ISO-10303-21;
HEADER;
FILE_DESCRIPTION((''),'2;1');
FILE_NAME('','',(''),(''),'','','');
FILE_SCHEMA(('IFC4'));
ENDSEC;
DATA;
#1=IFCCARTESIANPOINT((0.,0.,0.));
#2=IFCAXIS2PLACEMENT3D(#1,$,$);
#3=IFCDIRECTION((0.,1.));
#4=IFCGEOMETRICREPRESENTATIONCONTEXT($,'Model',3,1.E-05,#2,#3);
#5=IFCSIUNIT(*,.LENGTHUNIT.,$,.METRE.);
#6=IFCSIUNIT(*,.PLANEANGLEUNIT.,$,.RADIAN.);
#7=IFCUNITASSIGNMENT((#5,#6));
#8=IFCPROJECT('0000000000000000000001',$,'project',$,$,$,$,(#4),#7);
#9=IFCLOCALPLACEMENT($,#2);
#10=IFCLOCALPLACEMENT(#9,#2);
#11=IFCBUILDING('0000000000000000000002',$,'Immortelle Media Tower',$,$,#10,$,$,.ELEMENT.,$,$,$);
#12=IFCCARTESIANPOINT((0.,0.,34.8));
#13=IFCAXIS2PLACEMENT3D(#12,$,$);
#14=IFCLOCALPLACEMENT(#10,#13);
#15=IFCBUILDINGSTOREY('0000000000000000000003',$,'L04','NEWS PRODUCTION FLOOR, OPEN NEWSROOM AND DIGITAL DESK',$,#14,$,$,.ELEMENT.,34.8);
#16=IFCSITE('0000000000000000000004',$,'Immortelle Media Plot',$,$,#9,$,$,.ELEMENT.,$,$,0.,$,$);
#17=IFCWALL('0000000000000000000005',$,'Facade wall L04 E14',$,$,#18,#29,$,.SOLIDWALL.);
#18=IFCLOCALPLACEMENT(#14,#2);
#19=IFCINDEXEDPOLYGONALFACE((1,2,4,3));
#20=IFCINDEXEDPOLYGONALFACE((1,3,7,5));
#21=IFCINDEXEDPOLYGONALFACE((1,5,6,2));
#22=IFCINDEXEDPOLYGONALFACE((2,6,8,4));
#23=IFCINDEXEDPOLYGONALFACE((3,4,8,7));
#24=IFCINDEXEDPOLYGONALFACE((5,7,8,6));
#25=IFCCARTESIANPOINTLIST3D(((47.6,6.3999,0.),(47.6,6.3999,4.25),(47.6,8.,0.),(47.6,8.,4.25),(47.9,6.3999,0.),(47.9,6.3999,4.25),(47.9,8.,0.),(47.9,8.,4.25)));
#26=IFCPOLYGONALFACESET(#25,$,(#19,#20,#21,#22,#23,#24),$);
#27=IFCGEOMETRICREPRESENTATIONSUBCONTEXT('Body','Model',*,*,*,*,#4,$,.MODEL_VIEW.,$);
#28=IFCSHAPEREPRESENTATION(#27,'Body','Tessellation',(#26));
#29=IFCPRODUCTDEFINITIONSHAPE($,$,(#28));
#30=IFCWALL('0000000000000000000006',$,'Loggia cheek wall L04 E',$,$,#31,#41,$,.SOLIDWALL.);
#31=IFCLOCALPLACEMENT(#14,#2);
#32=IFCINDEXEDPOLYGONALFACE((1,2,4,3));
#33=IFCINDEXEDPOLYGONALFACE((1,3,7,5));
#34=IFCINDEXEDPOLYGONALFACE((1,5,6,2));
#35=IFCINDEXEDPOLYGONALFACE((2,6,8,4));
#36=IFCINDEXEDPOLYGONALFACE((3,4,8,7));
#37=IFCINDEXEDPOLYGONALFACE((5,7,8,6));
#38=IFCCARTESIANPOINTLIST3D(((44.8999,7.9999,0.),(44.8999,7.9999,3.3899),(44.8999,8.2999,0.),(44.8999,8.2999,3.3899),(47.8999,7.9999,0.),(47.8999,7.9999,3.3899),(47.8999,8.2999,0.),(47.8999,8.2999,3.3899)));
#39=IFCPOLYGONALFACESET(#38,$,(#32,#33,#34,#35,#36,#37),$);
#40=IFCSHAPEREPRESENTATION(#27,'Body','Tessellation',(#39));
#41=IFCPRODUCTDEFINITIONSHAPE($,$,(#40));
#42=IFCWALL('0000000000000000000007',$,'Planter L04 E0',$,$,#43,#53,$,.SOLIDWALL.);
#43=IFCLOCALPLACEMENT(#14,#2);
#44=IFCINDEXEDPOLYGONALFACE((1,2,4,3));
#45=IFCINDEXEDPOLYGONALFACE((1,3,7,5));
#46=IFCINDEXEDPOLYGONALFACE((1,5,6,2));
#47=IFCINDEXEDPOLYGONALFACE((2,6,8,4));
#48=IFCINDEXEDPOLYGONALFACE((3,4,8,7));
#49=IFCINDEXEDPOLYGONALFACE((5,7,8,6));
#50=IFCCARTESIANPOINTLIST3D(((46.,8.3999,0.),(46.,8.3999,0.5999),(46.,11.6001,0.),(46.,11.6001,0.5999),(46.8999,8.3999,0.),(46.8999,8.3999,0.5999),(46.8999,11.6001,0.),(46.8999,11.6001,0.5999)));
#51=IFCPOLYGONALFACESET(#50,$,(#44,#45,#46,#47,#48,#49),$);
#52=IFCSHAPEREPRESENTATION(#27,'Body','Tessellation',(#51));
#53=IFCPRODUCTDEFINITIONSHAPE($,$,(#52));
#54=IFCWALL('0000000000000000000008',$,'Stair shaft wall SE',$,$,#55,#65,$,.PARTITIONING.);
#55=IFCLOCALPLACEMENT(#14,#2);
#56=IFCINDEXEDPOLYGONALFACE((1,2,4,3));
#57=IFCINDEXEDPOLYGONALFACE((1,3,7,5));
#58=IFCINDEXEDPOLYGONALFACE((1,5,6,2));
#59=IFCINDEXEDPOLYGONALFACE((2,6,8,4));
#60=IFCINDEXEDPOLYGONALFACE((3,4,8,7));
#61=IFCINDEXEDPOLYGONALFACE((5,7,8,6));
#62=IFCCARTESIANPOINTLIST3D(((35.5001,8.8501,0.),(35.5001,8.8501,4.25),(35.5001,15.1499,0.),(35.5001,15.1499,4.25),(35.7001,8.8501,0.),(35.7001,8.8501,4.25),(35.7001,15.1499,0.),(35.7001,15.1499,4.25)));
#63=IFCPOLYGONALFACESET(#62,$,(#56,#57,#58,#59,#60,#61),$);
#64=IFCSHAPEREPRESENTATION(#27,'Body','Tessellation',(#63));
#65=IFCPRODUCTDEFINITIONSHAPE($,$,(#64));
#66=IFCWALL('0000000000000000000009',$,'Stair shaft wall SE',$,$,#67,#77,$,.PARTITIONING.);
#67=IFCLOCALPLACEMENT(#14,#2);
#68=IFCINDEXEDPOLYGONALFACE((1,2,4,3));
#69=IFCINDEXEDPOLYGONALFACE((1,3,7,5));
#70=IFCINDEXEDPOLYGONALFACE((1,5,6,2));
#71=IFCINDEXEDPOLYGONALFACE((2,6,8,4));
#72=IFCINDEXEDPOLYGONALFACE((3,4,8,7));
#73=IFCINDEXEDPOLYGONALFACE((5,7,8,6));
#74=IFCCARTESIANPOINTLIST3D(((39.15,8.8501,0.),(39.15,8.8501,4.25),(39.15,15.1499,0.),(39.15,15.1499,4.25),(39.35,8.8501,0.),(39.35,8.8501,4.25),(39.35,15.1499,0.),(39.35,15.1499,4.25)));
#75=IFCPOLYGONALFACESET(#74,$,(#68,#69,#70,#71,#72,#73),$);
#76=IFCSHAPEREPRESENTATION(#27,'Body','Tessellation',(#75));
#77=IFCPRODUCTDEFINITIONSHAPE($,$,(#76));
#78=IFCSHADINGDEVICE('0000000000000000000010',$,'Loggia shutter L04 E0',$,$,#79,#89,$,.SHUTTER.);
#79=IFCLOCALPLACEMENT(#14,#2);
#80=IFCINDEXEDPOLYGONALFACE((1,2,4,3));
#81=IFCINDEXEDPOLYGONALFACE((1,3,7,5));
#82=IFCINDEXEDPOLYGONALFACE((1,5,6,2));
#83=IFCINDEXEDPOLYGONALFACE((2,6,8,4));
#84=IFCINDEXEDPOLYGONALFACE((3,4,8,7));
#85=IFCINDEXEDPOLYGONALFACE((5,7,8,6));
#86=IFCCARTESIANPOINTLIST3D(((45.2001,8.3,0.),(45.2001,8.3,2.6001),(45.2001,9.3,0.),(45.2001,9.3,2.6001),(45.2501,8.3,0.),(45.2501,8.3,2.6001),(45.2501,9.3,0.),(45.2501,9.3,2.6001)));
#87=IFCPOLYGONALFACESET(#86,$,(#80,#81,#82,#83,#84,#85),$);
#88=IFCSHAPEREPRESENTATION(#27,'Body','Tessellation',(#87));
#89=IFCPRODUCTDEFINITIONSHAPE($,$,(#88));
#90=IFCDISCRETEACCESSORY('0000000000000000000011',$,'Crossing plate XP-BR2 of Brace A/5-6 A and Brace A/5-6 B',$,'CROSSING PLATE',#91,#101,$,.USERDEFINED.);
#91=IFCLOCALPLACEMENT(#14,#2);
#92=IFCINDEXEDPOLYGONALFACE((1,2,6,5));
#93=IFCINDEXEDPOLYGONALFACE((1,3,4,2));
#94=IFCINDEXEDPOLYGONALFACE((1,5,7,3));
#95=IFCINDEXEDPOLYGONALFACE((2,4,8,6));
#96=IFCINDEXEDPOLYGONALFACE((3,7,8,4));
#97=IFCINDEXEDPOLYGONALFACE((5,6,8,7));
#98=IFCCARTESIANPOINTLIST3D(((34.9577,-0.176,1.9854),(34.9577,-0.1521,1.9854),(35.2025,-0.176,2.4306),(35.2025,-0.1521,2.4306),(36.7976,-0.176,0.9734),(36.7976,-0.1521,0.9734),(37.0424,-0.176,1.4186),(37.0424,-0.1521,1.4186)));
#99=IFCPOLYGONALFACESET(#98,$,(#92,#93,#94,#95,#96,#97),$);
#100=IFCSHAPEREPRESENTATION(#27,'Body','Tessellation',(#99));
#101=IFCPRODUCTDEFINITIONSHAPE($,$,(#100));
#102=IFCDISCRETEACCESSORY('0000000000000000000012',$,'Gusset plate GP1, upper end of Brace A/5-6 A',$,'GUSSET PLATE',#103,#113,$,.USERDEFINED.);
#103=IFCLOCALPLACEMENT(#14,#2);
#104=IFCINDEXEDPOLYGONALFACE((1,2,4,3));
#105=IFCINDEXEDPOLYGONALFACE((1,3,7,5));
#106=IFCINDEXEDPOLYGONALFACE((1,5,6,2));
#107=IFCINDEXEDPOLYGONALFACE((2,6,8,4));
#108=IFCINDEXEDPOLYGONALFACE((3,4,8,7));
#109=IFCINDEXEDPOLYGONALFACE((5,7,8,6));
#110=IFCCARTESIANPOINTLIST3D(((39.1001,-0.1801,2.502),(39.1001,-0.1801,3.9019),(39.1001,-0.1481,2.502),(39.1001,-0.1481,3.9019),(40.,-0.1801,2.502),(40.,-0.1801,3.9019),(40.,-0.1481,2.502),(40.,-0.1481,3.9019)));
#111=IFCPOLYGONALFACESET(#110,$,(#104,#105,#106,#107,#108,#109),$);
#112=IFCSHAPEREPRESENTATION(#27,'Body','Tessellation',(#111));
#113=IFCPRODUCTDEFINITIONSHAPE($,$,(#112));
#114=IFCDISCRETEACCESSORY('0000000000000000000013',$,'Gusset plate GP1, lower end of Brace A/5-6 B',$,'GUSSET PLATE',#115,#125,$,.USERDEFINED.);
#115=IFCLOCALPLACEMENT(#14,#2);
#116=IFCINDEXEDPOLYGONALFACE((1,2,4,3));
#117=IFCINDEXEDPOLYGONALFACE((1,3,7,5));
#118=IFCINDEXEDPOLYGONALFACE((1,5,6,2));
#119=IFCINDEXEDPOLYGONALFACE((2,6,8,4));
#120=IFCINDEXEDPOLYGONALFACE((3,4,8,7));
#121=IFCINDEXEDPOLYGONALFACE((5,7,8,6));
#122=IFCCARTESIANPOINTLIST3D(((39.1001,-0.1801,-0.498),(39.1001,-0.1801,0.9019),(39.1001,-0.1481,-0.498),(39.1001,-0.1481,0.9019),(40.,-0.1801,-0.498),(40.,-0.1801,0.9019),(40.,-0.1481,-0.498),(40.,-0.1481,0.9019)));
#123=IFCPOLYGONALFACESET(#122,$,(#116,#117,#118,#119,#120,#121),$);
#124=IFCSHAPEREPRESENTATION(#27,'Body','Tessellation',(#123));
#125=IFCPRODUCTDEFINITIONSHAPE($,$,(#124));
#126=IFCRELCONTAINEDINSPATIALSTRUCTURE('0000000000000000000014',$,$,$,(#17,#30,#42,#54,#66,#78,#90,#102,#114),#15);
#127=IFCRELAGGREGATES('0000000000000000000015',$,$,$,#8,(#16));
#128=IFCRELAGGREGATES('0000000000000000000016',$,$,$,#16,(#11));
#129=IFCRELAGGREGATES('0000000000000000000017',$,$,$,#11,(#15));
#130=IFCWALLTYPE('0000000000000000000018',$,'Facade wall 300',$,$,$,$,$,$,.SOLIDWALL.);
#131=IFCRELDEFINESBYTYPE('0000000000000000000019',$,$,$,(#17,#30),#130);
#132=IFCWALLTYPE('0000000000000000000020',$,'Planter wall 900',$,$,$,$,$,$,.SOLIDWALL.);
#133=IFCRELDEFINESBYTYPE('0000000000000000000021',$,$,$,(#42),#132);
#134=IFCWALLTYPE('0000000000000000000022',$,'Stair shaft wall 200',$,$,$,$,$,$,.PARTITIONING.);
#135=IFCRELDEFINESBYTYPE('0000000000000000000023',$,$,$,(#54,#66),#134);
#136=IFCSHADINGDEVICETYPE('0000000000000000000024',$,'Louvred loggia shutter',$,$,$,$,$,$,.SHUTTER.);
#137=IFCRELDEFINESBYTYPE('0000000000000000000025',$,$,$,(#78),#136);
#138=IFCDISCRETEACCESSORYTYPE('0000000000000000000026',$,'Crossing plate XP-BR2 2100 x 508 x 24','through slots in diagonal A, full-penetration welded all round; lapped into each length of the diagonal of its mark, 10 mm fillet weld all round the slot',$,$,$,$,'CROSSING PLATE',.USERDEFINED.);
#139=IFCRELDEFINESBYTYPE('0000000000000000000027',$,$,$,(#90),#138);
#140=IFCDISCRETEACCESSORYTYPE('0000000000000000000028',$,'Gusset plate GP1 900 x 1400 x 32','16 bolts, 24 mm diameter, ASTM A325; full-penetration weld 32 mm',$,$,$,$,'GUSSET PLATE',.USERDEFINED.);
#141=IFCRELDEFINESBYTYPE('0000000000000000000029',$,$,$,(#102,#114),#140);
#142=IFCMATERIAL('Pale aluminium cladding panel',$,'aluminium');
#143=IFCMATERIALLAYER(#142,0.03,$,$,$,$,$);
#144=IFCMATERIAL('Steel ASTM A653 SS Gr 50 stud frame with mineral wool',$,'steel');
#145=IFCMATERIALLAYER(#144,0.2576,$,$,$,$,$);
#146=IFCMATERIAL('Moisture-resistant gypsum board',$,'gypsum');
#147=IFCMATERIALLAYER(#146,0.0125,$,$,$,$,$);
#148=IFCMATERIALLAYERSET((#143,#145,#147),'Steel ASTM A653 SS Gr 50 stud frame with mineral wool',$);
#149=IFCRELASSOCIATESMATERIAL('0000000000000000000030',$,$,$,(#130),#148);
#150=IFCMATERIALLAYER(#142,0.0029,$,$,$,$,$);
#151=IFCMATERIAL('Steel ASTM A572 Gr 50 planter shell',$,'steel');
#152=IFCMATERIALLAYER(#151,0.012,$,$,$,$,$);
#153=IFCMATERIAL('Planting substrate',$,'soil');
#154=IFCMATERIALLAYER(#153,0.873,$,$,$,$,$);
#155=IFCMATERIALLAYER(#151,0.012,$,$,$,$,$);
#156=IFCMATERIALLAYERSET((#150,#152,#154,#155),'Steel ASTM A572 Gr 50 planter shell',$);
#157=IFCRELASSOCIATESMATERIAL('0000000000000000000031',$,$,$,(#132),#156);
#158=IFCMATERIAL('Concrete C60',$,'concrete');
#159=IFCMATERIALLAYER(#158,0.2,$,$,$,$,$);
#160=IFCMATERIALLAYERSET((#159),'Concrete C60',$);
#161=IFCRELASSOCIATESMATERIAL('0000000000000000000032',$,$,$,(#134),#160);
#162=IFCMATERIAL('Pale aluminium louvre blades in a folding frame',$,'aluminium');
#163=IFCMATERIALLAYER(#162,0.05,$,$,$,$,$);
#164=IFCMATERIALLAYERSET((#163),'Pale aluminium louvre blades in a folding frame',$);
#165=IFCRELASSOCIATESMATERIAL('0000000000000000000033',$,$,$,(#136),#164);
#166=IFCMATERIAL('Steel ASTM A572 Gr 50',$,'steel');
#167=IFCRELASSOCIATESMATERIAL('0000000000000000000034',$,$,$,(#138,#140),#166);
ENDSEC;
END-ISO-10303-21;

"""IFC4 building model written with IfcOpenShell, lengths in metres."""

from ifc_helpers import new_model, si_unit, direction, frame, frame_2d, origin, origin_2d, place, context, subcontext, project, spatial, rectangle, extrude, material, layer, layer_set, material_profile, profile_set, type_object, element, save


model = new_model("IFC4")

# Units and contexts
model_context = context("Model", 3, precision=1e-05, world=origin(), true_north=direction((0.0, 1.0)))
body_context = subcontext(model_context, "Body", "Model", "MODEL_VIEW")
ifc_project = project(units=[si_unit("LENGTHUNIT", "METRE"), si_unit("PLANEANGLEUNIT", "RADIAN")], contexts=[model_context])

# Site, building, storey
site_placement = place(None, origin())
site = spatial("IfcSite", under=ifc_project, at=site_placement, Name="Immortelle Media Plot", CompositionType="ELEMENT", RefElevation=0.0)
building_placement = place(site_placement, origin())
building = spatial("IfcBuilding", under=site, at=building_placement, Name="Immortelle Media Tower", CompositionType="ELEMENT")
storey_placement = place(building_placement, frame((0.0, 0.0, 34.8)))
storey = spatial("IfcBuildingStorey", under=building, at=storey_placement, Name="L04", Description="NEWS PRODUCTION FLOOR, OPEN NEWSROOM AND DIGITAL DESK", CompositionType="ELEMENT", Elevation=34.8)

# Wall
ifc_material_1 = material(Name="Pale aluminium cladding panel", Category="aluminium")
ifc_layer_1 = layer(ifc_material_1, 0.03)
ifc_material_2 = material(Name="Steel ASTM A653 SS Gr 50 stud frame with mineral wool", Category="steel")
ifc_layer_2 = layer(ifc_material_2, 0.2576)
ifc_material_3 = material(Name="Moisture-resistant gypsum board", Category="gypsum")
ifc_layer_3 = layer(ifc_material_3, 0.0125)
ifc_layer_set_1 = layer_set([ifc_layer_1, ifc_layer_2, ifc_layer_3], Name="Steel ASTM A653 SS Gr 50 stud frame with mineral wool")
wall_type_1 = type_object("IfcWallType", Name="Facade wall 300", PredefinedType="SOLIDWALL", material=ifc_layer_set_1)
wall_1_placement = place(storey_placement, frame((47.75, 6.3999, 0.0), z_axis=(0.0, 0.0, 1.0), x_axis=(0.0, 1.0, 0.0)))
element("IfcWall", 1, at=wall_1_placement, inside=storey, type_object=wall_type_1, Name="Facade wall L04 E14", PredefinedType="SOLIDWALL", context=body_context, shape_type="SweptSolid", body=[
    extrude(rectangle(XDim=1.6001, YDim=0.3, at=frame_2d((0.8, 0.0))), origin(), (0.0, 0.0, 1.0), 4.25),
])

# Walls
wall_2_placement = place(storey_placement, frame((47.8999, 8.1499, 0.0), z_axis=(0.0, 0.0, 1.0), x_axis=(-1.0, 0.0, 0.0)))
element("IfcWall", 2, at=wall_2_placement, inside=storey, type_object=wall_type_1, Name="Loggia cheek wall L04 E", PredefinedType="SOLIDWALL", context=body_context, shape_type="SweptSolid", body=[
    extrude(rectangle(XDim=3.0, YDim=0.3, at=frame_2d((1.5, 0.0))), origin(), (0.0, 0.0, 1.0), 3.3899),
])
ifc_layer_4 = layer(ifc_material_1, 0.0029)
ifc_material_4 = material(Name="Steel ASTM A572 Gr 50 planter shell", Category="steel")
ifc_layer_5 = layer(ifc_material_4, 0.012)
ifc_material_5 = material(Name="Planting substrate", Category="soil")
ifc_layer_6 = layer(ifc_material_5, 0.873)
ifc_layer_7 = layer(ifc_material_4, 0.012)
ifc_layer_set_2 = layer_set([ifc_layer_4, ifc_layer_5, ifc_layer_6, ifc_layer_7], Name="Steel ASTM A572 Gr 50 planter shell")
wall_type_2 = type_object("IfcWallType", Name="Planter wall 900", PredefinedType="SOLIDWALL", material=ifc_layer_set_2)
wall_3_placement = place(storey_placement, frame((46.45, 8.3999, 0.0), z_axis=(0.0, 0.0, 1.0), x_axis=(0.0, 1.0, 0.0)))
element("IfcWall", 3, at=wall_3_placement, inside=storey, type_object=wall_type_2, Name="Planter L04 E0", PredefinedType="SOLIDWALL", context=body_context, shape_type="SweptSolid", body=[
    extrude(rectangle(XDim=3.2002, YDim=0.8999, at=frame_2d((1.6001, 0.0))), origin(), (0.0, 0.0, 1.0), 0.5999),
])
ifc_material_6 = material(Name="Concrete C60", Category="concrete")
ifc_layer_8 = layer(ifc_material_6, 0.2)
ifc_layer_set_3 = layer_set([ifc_layer_8], Name="Concrete C60")
wall_type_3 = type_object("IfcWallType", Name="Stair shaft wall 200", PredefinedType="PARTITIONING", material=ifc_layer_set_3)
for number, where, z_axis, x_axis, name in (
    (4, (35.6001, 8.8501, 0.0), (0.0, 0.0, 1.0), (0.0, 1.0, 0.0), "Stair shaft wall SE"),
    (5, (39.25, 8.8501, 0.0), (0.0, 0.0, 1.0), (0.0, 1.0, 0.0), "Stair shaft wall SE"),
):
    element("IfcWall", number, at=place(storey_placement, frame(where, z_axis=z_axis, x_axis=x_axis)), inside=storey, type_object=wall_type_3, Name=name, PredefinedType="PARTITIONING", context=body_context, shape_type="SweptSolid", body=[
        extrude(rectangle(XDim=6.2998, YDim=0.2, at=frame_2d((3.1499, 0.0))), origin(), (0.0, 0.0, 1.0), 4.25),
    ])

# Shading device
ifc_material_7 = material(Name="Pale aluminium louvre blades in a folding frame", Category="aluminium")
ifc_layer_9 = layer(ifc_material_7, 0.05)
ifc_layer_set_4 = layer_set([ifc_layer_9], Name="Pale aluminium louvre blades in a folding frame")
shading_device_type = type_object("IfcShadingDeviceType", Name="Louvred loggia shutter", PredefinedType="SHUTTER", material=ifc_layer_set_4)
shading_device_placement = place(storey_placement, frame((45.2251, 8.8, 0.0), z_axis=(0.0, 0.0, 1.0), x_axis=(0.0, 1.0, 0.0)))
element("IfcShadingDevice", 6, at=shading_device_placement, inside=storey, type_object=shading_device_type, Name="Loggia shutter L04 E0", PredefinedType="SHUTTER", context=body_context, shape_type="SweptSolid", body=[
    extrude(rectangle(XDim=1.0, YDim=0.05, at=origin_2d()), origin(), (0.0, 0.0, 1.0), 2.6001),
])

# Discrete accessories
ifc_material_8 = material(Name="Steel ASTM A572 Gr 50", Category="steel")
ifc_material_profile_1 = material_profile(ifc_material_8, rectangle(XDim=0.0239, YDim=0.5081, at=origin_2d()), Name="PL 24 x 508")
ifc_profile_set_1 = profile_set([ifc_material_profile_1], Name="Steel ASTM A572 Gr 50")
discrete_accessory_type_1 = type_object("IfcDiscreteAccessoryType", Name="Crossing plate XP-BR2 2100 x 508 x 24", Description="through slots in diagonal A, full-penetration welded all round; lapped into each length of the diagonal of its mark, 10 mm fillet weld all round the slot", ElementType="CROSSING PLATE", PredefinedType="USERDEFINED", material=ifc_profile_set_1)
discrete_accessory_placement = place(storey_placement, frame((35.0801, -0.1641, 2.208), z_axis=(0.876206, 0.0, -0.481937), x_axis=(0.0, 1.0, 0.0)))
element("IfcDiscreteAccessory", 7, at=discrete_accessory_placement, inside=storey, type_object=discrete_accessory_type_1, Name="Crossing plate XP-BR2 of Brace A/5-6 A and Brace A/5-6 B", ObjectType="CROSSING PLATE", PredefinedType="USERDEFINED", context=body_context, shape_type="SweptSolid", body=[
    extrude(rectangle(XDim=0.0239, YDim=0.5081, at=origin_2d()), origin(), (0.0, 0.0, 1.0), 2.0999),
])
ifc_material_profile_2 = material_profile(ifc_material_8, rectangle(XDim=0.032, YDim=1.3999, at=origin_2d()), Name="PL 32 x 1400")
ifc_profile_set_2 = profile_set([ifc_material_profile_2], Name="Steel ASTM A572 Gr 50")
discrete_accessory_type_2 = type_object("IfcDiscreteAccessoryType", Name="Gusset plate GP1 900 x 1400 x 32", Description="16 bolts, 24 mm diameter, ASTM A325; full-penetration weld 32 mm", ElementType="GUSSET PLATE", PredefinedType="USERDEFINED", material=ifc_profile_set_2)
for number, where, z_axis, x_axis, name in (
    (8, (40.0, -0.1641, 3.2019), (-1.0, 0.0, 0.0), (0.0, -1.0, 0.0), "Gusset plate GP1, upper end of Brace A/5-6 A"),
    (9, (40.0, -0.1641, 0.2019), (-1.0, 0.0, 0.0), (0.0, -1.0, 0.0), "Gusset plate GP1, lower end of Brace A/5-6 B"),
):
    element("IfcDiscreteAccessory", number, at=place(storey_placement, frame(where, z_axis=z_axis, x_axis=x_axis)), inside=storey, type_object=discrete_accessory_type_2, Name=name, ObjectType="GUSSET PLATE", PredefinedType="USERDEFINED", context=body_context, shape_type="SweptSolid", body=[
        extrude(rectangle(XDim=0.032, YDim=1.3999, at=origin_2d()), origin(), (0.0, 0.0, 1.0), 0.8999),
    ])

save(model, "model.ifc")
